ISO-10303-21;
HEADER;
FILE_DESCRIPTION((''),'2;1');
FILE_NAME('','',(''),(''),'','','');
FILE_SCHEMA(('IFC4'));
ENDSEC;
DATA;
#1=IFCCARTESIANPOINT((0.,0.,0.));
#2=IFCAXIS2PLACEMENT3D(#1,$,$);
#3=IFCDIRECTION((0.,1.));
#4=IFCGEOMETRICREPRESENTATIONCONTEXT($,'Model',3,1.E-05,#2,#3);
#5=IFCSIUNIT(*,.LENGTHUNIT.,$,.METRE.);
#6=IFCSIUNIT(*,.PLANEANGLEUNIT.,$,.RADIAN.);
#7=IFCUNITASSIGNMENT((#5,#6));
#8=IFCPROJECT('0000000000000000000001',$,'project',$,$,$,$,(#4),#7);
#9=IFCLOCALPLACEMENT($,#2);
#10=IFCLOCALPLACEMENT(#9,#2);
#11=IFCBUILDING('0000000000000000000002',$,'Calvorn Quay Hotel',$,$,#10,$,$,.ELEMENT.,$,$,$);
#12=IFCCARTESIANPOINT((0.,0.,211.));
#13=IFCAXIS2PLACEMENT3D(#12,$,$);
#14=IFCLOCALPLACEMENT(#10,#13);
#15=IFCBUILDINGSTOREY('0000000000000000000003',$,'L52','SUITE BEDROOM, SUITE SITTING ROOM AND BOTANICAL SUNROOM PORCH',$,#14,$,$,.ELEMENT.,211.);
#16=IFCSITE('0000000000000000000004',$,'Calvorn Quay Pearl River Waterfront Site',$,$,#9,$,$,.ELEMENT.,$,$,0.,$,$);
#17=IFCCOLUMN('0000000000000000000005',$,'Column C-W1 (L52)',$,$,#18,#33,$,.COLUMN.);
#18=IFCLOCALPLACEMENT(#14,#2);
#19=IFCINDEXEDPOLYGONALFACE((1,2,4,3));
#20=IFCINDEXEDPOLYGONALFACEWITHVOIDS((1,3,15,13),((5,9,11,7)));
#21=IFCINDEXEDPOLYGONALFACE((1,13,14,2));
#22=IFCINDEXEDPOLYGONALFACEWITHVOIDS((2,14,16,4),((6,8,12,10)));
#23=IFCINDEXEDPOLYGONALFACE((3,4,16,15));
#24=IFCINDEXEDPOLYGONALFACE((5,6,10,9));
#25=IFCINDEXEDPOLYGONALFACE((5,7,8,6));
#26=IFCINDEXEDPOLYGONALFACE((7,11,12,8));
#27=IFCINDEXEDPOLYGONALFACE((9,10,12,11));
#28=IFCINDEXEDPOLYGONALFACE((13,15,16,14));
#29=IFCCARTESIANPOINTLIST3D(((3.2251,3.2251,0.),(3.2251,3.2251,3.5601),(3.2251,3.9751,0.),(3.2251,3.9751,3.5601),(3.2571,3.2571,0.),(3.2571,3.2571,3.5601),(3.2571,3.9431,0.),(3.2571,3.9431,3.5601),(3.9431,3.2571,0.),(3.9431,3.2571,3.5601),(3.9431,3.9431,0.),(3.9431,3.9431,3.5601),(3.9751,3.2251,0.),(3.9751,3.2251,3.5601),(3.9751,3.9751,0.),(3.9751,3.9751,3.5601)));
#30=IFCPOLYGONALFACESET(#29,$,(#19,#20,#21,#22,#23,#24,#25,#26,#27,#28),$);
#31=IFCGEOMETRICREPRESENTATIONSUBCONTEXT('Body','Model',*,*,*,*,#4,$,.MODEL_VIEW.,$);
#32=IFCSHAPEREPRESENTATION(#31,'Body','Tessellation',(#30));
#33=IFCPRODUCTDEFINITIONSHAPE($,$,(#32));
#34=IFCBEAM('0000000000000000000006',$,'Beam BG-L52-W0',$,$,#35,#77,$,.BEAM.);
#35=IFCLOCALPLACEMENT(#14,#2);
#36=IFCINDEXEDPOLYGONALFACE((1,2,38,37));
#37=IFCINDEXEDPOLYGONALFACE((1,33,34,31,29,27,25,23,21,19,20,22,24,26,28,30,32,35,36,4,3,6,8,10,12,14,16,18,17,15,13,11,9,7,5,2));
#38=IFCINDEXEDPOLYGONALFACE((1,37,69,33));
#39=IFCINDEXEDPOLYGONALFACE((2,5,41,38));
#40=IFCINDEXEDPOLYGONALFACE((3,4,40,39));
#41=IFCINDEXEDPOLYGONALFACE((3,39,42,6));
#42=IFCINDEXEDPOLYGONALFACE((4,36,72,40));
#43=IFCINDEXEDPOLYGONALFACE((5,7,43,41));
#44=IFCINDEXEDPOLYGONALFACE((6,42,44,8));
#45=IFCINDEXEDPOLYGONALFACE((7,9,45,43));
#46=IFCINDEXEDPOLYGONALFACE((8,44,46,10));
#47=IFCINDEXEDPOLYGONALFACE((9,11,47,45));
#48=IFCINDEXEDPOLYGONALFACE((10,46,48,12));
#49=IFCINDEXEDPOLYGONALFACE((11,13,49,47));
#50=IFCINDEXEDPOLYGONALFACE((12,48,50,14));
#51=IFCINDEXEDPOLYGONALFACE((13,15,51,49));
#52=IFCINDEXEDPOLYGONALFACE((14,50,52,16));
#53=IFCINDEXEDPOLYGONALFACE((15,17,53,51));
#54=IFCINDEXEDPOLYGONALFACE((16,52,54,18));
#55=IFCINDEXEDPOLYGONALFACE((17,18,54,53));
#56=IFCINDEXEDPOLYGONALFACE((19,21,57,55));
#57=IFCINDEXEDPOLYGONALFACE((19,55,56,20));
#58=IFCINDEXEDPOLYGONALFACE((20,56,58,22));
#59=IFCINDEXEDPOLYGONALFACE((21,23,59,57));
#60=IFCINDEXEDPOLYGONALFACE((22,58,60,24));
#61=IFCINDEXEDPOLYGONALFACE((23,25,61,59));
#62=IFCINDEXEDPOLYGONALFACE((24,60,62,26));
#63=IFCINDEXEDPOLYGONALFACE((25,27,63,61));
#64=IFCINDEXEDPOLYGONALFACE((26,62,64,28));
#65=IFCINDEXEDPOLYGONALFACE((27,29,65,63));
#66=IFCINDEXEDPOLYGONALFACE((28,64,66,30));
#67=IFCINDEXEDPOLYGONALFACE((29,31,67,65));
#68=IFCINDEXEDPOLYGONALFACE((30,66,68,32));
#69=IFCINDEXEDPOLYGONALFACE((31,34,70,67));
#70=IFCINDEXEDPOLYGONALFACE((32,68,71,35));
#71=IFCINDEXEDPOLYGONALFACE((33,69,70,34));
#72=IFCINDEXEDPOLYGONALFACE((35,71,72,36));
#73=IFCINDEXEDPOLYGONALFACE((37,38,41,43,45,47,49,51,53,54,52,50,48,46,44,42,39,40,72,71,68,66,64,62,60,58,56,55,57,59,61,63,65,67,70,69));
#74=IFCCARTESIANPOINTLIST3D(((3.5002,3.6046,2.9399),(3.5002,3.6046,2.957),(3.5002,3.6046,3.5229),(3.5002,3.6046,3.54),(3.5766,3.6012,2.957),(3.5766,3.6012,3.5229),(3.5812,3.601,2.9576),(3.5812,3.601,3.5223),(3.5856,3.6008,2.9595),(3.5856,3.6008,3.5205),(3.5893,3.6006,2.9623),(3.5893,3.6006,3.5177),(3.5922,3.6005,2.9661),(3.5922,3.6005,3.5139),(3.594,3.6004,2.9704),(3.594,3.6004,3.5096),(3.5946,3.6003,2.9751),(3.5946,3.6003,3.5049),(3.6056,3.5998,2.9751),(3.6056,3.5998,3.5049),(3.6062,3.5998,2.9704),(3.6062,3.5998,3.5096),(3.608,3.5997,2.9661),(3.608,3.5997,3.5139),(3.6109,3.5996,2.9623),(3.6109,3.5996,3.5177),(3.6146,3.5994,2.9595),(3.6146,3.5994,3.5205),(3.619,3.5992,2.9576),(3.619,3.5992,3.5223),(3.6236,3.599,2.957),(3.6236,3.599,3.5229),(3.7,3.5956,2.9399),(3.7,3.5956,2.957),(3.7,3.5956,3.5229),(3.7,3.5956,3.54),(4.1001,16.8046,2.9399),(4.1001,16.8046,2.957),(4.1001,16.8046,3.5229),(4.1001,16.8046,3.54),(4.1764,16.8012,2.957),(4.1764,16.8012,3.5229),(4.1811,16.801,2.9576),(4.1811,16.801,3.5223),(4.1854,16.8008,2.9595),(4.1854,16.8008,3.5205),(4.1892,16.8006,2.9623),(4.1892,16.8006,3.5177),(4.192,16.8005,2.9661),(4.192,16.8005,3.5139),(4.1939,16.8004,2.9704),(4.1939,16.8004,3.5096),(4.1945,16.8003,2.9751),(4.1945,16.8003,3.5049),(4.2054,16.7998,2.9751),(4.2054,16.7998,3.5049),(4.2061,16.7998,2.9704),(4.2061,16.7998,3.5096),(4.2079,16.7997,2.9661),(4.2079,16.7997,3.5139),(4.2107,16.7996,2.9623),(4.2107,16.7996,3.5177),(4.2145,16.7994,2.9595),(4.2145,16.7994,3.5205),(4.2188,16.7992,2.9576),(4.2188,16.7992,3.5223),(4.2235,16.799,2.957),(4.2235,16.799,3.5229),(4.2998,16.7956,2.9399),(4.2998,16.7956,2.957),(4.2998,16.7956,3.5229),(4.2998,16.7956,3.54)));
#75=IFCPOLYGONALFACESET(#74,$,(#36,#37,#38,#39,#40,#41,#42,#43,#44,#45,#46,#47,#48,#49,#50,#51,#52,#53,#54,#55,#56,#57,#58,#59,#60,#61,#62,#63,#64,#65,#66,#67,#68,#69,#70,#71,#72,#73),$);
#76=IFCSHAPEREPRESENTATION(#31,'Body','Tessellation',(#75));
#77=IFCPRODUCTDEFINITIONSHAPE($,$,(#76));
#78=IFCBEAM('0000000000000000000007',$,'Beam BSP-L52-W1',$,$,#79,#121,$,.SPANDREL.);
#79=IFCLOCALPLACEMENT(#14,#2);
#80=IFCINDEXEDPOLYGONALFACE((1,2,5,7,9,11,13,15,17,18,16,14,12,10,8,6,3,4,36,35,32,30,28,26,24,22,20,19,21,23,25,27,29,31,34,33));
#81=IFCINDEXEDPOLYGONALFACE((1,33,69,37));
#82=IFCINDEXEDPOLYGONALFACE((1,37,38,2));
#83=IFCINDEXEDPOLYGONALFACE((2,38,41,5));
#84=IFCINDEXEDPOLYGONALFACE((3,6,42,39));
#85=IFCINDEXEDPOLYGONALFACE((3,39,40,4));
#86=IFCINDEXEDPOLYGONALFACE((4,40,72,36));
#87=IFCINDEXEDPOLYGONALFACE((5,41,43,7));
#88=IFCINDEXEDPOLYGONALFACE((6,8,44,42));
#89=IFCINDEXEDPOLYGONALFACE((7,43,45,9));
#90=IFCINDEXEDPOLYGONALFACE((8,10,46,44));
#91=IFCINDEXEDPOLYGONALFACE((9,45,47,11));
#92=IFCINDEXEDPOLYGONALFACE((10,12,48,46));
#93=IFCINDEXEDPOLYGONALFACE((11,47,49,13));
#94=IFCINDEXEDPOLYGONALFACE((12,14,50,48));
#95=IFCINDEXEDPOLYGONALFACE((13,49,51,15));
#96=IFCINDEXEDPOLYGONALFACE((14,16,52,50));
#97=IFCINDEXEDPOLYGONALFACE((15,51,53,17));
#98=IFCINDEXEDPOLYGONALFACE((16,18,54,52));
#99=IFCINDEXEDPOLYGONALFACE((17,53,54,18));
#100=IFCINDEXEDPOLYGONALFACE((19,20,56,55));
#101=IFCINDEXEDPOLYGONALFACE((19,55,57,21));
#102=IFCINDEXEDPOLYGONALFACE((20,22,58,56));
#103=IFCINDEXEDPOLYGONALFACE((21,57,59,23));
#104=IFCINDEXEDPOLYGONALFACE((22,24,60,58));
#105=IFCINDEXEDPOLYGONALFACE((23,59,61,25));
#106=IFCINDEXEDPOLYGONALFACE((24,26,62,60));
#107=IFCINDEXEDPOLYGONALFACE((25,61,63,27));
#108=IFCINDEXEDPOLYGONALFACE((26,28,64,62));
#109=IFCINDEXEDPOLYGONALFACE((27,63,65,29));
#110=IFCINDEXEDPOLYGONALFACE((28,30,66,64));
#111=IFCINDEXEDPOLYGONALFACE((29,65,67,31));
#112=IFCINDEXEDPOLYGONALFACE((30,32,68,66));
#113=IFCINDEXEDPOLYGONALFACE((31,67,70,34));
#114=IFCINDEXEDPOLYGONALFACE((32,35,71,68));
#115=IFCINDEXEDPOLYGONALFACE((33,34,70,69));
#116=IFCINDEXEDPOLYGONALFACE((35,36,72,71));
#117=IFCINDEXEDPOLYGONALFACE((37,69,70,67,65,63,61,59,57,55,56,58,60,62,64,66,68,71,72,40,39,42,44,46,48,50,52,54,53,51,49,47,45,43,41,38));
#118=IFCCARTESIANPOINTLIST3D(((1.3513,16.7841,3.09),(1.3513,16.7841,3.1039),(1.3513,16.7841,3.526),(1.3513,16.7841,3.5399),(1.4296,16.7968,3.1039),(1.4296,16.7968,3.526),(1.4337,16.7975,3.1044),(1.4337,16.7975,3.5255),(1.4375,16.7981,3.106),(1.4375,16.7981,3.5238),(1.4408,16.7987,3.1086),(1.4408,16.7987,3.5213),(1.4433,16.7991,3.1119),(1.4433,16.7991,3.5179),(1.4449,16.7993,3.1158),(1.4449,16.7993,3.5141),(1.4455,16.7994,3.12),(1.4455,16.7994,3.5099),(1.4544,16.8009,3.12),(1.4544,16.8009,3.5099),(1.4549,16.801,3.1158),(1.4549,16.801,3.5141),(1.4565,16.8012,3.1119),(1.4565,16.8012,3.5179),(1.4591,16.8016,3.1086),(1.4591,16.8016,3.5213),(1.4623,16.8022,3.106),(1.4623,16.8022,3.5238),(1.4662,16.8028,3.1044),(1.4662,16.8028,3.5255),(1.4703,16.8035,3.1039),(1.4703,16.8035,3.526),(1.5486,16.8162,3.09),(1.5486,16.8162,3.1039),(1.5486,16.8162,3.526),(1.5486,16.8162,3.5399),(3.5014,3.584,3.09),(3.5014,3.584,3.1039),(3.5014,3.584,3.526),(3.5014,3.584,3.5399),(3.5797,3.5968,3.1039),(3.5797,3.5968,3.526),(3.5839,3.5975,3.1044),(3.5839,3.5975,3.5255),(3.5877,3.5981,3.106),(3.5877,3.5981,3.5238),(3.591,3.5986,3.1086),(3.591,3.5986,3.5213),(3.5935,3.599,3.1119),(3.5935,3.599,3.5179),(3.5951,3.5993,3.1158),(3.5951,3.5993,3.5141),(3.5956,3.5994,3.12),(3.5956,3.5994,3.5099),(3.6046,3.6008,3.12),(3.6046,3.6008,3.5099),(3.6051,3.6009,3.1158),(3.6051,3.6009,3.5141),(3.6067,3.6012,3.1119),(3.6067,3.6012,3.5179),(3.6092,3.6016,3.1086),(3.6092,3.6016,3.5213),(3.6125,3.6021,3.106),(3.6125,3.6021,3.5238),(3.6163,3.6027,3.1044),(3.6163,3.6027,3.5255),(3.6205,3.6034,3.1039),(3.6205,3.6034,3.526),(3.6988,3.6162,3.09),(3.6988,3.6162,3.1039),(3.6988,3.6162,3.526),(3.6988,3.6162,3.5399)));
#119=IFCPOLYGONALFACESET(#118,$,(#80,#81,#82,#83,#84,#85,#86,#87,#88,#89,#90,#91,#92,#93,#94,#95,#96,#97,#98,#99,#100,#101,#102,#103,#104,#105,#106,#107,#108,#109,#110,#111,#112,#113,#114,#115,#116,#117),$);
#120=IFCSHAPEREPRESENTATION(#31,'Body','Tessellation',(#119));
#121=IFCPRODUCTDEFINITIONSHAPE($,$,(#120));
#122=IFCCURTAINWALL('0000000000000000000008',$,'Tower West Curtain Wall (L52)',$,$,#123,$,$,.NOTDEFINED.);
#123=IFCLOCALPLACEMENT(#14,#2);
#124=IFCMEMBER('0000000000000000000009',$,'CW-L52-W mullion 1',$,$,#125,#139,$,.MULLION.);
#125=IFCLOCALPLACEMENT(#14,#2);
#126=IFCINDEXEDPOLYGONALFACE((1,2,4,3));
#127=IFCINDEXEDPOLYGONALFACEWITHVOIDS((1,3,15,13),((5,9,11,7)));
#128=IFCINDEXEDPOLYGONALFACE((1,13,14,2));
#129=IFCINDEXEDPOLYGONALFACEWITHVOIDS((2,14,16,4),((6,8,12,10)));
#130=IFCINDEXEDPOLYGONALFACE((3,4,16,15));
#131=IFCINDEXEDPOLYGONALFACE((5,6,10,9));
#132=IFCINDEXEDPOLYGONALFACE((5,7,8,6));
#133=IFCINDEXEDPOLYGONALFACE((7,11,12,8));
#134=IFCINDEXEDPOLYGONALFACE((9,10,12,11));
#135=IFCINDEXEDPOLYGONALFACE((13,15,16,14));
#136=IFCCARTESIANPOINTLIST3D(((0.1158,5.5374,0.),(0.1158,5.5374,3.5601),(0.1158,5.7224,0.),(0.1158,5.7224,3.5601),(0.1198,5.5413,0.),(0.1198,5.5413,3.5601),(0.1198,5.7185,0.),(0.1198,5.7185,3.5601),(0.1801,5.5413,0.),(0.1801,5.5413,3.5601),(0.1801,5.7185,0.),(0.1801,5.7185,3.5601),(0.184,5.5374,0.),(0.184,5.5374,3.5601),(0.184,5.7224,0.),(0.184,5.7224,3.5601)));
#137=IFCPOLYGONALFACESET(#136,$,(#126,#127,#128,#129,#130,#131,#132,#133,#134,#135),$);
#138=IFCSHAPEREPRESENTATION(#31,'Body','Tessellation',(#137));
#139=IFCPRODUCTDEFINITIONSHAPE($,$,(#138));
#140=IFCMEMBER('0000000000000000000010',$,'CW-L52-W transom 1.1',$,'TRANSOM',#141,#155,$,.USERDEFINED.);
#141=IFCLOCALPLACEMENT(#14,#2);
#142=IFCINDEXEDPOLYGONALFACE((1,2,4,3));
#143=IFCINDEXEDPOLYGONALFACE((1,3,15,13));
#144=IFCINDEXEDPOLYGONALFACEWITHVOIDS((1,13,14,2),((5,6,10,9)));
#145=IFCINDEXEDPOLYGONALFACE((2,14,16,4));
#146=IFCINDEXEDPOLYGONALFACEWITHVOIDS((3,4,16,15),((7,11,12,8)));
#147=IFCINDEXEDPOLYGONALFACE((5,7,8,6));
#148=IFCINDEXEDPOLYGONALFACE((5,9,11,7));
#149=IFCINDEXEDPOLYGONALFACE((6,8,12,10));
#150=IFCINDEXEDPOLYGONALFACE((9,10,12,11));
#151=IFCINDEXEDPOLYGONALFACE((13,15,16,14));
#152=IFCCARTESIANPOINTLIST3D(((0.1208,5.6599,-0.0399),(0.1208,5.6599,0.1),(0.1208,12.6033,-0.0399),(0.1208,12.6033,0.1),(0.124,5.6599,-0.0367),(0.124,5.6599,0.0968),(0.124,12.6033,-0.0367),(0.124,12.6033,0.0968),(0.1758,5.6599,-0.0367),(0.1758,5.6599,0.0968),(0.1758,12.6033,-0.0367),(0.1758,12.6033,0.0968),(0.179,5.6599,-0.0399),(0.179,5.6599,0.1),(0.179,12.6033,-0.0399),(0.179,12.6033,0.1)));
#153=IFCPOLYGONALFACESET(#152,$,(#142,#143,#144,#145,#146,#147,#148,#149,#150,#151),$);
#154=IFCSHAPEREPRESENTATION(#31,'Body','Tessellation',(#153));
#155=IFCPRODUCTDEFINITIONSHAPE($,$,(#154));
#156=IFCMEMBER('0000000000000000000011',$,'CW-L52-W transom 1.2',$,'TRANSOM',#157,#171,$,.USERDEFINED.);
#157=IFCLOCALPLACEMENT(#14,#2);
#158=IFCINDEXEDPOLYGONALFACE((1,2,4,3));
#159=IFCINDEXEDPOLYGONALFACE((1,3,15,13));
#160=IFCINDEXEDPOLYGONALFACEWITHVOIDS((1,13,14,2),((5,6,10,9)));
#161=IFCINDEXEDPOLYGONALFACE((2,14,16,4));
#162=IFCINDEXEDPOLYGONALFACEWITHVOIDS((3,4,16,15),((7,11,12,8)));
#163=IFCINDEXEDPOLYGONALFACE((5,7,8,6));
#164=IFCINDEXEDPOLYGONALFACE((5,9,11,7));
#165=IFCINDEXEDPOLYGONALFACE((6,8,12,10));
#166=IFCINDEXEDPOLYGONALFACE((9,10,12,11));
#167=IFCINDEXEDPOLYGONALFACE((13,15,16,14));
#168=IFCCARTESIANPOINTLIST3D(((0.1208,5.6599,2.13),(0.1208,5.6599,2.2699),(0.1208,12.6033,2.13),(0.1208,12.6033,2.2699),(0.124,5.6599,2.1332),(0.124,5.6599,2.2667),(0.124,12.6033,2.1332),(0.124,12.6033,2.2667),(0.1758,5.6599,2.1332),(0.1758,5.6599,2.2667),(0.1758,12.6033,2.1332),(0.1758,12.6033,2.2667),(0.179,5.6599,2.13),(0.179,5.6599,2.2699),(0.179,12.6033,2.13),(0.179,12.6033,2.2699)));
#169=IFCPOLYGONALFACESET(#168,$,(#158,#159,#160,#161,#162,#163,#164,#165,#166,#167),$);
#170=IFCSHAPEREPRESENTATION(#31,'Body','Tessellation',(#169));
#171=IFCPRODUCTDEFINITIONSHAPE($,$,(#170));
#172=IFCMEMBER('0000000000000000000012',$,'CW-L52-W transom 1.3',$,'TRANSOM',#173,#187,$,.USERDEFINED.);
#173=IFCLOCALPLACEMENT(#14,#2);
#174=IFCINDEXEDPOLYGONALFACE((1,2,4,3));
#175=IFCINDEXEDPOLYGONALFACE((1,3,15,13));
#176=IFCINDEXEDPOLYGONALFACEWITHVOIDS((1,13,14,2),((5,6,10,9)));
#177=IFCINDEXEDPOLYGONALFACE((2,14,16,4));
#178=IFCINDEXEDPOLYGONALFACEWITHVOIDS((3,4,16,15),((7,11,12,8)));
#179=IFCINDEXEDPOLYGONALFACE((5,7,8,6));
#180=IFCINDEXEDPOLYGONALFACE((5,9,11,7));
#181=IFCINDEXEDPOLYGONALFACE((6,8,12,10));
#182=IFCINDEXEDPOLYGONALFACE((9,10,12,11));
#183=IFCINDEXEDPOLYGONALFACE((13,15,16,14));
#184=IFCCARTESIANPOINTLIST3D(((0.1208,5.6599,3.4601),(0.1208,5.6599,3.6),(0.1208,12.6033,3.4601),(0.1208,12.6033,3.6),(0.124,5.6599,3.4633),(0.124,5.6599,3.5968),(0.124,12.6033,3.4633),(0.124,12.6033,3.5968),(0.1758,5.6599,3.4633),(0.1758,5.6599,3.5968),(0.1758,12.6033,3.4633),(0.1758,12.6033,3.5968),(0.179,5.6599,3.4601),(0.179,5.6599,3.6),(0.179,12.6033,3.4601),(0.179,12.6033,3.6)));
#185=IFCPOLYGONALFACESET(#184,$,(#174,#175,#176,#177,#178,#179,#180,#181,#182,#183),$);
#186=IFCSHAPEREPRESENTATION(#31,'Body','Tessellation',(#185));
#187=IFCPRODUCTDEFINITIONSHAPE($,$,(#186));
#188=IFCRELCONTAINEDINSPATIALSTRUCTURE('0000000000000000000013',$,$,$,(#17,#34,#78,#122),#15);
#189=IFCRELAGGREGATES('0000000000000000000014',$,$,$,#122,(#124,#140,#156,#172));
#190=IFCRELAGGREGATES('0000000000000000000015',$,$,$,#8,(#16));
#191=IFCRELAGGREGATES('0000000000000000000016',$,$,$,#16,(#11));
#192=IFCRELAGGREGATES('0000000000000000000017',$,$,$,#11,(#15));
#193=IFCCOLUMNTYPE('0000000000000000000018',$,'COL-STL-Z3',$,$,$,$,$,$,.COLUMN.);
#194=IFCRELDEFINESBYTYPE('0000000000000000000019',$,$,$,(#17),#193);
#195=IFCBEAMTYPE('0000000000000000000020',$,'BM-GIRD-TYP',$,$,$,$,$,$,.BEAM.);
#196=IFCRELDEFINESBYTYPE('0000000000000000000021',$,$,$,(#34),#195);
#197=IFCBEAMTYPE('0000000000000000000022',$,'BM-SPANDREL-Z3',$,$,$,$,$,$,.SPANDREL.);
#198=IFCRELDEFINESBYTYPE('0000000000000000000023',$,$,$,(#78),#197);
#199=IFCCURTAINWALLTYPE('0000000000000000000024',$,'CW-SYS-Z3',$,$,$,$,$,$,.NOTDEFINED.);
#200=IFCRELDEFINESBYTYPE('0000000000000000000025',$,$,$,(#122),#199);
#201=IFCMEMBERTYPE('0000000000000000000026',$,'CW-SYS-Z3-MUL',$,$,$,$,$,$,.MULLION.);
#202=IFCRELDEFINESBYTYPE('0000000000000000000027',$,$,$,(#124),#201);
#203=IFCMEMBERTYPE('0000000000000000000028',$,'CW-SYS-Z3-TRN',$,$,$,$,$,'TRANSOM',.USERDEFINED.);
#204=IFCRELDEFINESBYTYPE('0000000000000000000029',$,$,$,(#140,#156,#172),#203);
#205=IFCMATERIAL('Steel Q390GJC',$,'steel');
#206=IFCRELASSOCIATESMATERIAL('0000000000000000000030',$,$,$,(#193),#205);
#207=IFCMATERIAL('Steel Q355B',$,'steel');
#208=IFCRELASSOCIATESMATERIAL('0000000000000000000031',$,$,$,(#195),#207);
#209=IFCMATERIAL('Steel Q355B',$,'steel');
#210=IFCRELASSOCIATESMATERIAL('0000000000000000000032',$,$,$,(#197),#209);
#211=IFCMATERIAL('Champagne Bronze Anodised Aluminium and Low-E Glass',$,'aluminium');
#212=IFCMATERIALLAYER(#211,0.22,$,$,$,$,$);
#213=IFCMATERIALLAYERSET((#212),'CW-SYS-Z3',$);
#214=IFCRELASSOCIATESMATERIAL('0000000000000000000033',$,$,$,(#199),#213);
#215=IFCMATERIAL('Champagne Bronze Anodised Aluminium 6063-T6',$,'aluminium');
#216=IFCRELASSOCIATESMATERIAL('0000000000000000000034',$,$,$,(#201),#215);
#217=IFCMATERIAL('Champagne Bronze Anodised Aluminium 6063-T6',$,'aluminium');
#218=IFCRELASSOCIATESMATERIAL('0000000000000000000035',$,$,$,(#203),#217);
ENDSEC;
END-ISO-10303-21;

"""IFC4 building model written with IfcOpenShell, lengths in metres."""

from ifc_helpers import new_model, si_unit, direction, frame, origin, origin_2d, place, context, subcontext, project, spatial, hollow_rectangle, i_section, extrude, material, layer, layer_set, material_profile, profile_set, type_object, element, aggregate, save


model = new_model("IFC4")

# Units and contexts
model_context = context("Model", 3, precision=1e-05, world=origin(), true_north=direction((0.0, 1.0)))
body_context = subcontext(model_context, "Body", "Model", "MODEL_VIEW")
ifc_project = project(units=[si_unit("LENGTHUNIT", "METRE"), si_unit("PLANEANGLEUNIT", "RADIAN")], contexts=[model_context])

# Site, building, storey
site_placement = place(None, origin())
site = spatial("IfcSite", under=ifc_project, at=site_placement, Name="Calvorn Quay Pearl River Waterfront Site", CompositionType="ELEMENT", RefElevation=0.0)
building_placement = place(site_placement, origin())
building = spatial("IfcBuilding", under=site, at=building_placement, Name="Calvorn Quay Hotel", CompositionType="ELEMENT")
storey_placement = place(building_placement, frame((0.0, 0.0, 211.0)))
storey = spatial("IfcBuildingStorey", under=building, at=storey_placement, Name="L52", Description="SUITE BEDROOM, SUITE SITTING ROOM AND BOTANICAL SUNROOM PORCH", CompositionType="ELEMENT", Elevation=211.0)

# Column
ifc_material_1 = material(Name="Steel Q390GJC", Category="steel")
ifc_material_profile_1 = material_profile(ifc_material_1, hollow_rectangle(XDim=0.75, YDim=0.75, WallThickness=0.032, at=origin_2d()), Name="BOX750x750x32")
ifc_profile_set_1 = profile_set([ifc_material_profile_1], Name="Steel Q390GJC")
column_type = type_object("IfcColumnType", Name="COL-STL-Z3", PredefinedType="COLUMN", material=ifc_profile_set_1)
column_placement = place(storey_placement, frame((3.6001, 3.6001, 0.0), z_axis=(0.0, 0.0, 1.0), x_axis=(1.0, 0.0, 0.0)))
element("IfcColumn", 1, at=column_placement, inside=storey, type_object=column_type, Name="Column C-W1 (L52)", PredefinedType="COLUMN", context=body_context, shape_type="SweptSolid", body=[
    extrude(hollow_rectangle(XDim=0.75, YDim=0.75, WallThickness=0.032, at=origin_2d()), origin(), (0.0, 0.0, 1.0), 3.5601),
])

# Beams
ifc_material_2 = material(Name="Steel Q355B", Category="steel")
ifc_material_profile_2 = material_profile(ifc_material_2, i_section(OverallWidth=0.2, OverallDepth=0.6001, WebThickness=0.011, FlangeThickness=0.0171, FilletRadius=0.0181, at=origin_2d()), Name="HN600x200x11x17")
ifc_profile_set_2 = profile_set([ifc_material_profile_2], Name="Steel Q355B")
beam_type_1 = type_object("IfcBeamType", Name="BM-GIRD-TYP", PredefinedType="BEAM", material=ifc_profile_set_2)
beam_1_placement = place(storey_placement, frame((3.6001, 3.6001, 3.24), z_axis=(0.045397, 0.998969, 0.0), x_axis=(-0.998969, 0.045397, 0.0)))
element("IfcBeam", 2, at=beam_1_placement, inside=storey, type_object=beam_type_1, Name="Beam BG-L52-W0", PredefinedType="BEAM", context=body_context, shape_type="SweptSolid", body=[
    extrude(i_section(OverallWidth=0.2, OverallDepth=0.6001, WebThickness=0.011, FlangeThickness=0.0171, FilletRadius=0.0181, at=origin_2d()), origin(), (0.0, 0.0, 1.0), 13.2136),
])
ifc_material_3 = material(Name="Steel Q355B", Category="steel")
ifc_material_profile_3 = material_profile(ifc_material_3, i_section(OverallWidth=0.2, OverallDepth=0.45, WebThickness=0.009, FlangeThickness=0.0139, FilletRadius=0.0161, at=origin_2d()), Name="HN450x200x9x14")
ifc_profile_set_3 = profile_set([ifc_material_profile_3], Name="Steel Q355B")
beam_type_2 = type_object("IfcBeamType", Name="BM-SPANDREL-Z3", PredefinedType="SPANDREL", material=ifc_profile_set_3)
beam_2_placement = place(storey_placement, frame((3.6001, 3.6001, 3.3149), z_axis=(-0.160772, 0.986992, 0.0), x_axis=(-0.986992, -0.160772, 0.0)))
element("IfcBeam", 3, at=beam_2_placement, inside=storey, type_object=beam_type_2, Name="Beam BSP-L52-W1", PredefinedType="SPANDREL", context=body_context, shape_type="SweptSolid", body=[
    extrude(i_section(OverallWidth=0.2, OverallDepth=0.45, WebThickness=0.009, FlangeThickness=0.0139, FilletRadius=0.0161, at=origin_2d()), origin(), (0.0, 0.0, 1.0), 13.374),
])

# Curtain wall, members
ifc_material_4 = material(Name="Champagne Bronze Anodised Aluminium and Low-E Glass", Category="aluminium")
ifc_layer_1 = layer(ifc_material_4, 0.22)
ifc_layer_set_1 = layer_set([ifc_layer_1], Name="CW-SYS-Z3")
curtain_wall_type = type_object("IfcCurtainWallType", Name="CW-SYS-Z3", PredefinedType="NOTDEFINED", material=ifc_layer_set_1)
curtain_wall_placement = place(storey_placement, origin())
curtain_wall = element("IfcCurtainWall", 4, at=curtain_wall_placement, inside=storey, type_object=curtain_wall_type, Name="Tower West Curtain Wall (L52)", PredefinedType="NOTDEFINED")
ifc_material_5 = material(Name="Champagne Bronze Anodised Aluminium 6063-T6", Category="aluminium")
ifc_material_profile_4 = material_profile(ifc_material_5, hollow_rectangle(XDim=0.0681, YDim=0.1851, WallThickness=0.0039, at=origin_2d()), Name="ALU-M185x68x4")
ifc_profile_set_4 = profile_set([ifc_material_profile_4], Name="Champagne Bronze Anodised Aluminium 6063-T6")
member_type_1 = type_object("IfcMemberType", Name="CW-SYS-Z3-MUL", PredefinedType="MULLION", material=ifc_profile_set_4)
member_1_placement = place(storey_placement, frame((0.1499, 5.6299, 0.0), z_axis=(0.0, 0.0, 1.0), x_axis=(-1.0, 0.0, 0.0)))
member_1 = element("IfcMember", 5, at=member_1_placement, type_object=member_type_1, Name="CW-L52-W mullion 1", PredefinedType="MULLION", context=body_context, shape_type="SweptSolid", body=[
    extrude(hollow_rectangle(XDim=0.0681, YDim=0.1851, WallThickness=0.0039, at=origin_2d()), origin(), (0.0, 0.0, 1.0), 3.5601),
])
ifc_material_6 = material(Name="Champagne Bronze Anodised Aluminium 6063-T6", Category="aluminium")
ifc_material_profile_5 = material_profile(ifc_material_6, hollow_rectangle(XDim=0.0581, YDim=0.1399, WallThickness=0.0032, at=origin_2d()), Name="ALU-T140x58x3.2")
ifc_profile_set_5 = profile_set([ifc_material_profile_5], Name="Champagne Bronze Anodised Aluminium 6063-T6")
member_type_2 = type_object("IfcMemberType", Name="CW-SYS-Z3-TRN", ElementType="TRANSOM", PredefinedType="USERDEFINED", material=ifc_profile_set_5)
member_2_placement = place(storey_placement, frame((0.1499, 5.6599, 0.03), z_axis=(0.0, 1.0, 0.0), x_axis=(-1.0, 0.0, 0.0)))
member_2 = element("IfcMember", 6, at=member_2_placement, type_object=member_type_2, Name="CW-L52-W transom 1.1", ObjectType="TRANSOM", PredefinedType="USERDEFINED", context=body_context, shape_type="SweptSolid", body=[
    extrude(hollow_rectangle(XDim=0.0581, YDim=0.1399, WallThickness=0.0032, at=origin_2d()), origin(), (0.0, 0.0, 1.0), 6.9434),
])
member_3_placement = place(storey_placement, frame((0.1499, 5.6599, 2.2), z_axis=(0.0, 1.0, 0.0), x_axis=(-1.0, 0.0, 0.0)))
member_3 = element("IfcMember", 7, at=member_3_placement, type_object=member_type_2, Name="CW-L52-W transom 1.2", ObjectType="TRANSOM", PredefinedType="USERDEFINED", context=body_context, shape_type="SweptSolid", body=[
    extrude(hollow_rectangle(XDim=0.0581, YDim=0.1399, WallThickness=0.0032, at=origin_2d()), origin(), (0.0, 0.0, 1.0), 6.9434),
])
member_4_placement = place(storey_placement, frame((0.1499, 5.6599, 3.53), z_axis=(0.0, 1.0, 0.0), x_axis=(-1.0, 0.0, 0.0)))
member_4 = element("IfcMember", 8, at=member_4_placement, type_object=member_type_2, Name="CW-L52-W transom 1.3", ObjectType="TRANSOM", PredefinedType="USERDEFINED", context=body_context, shape_type="SweptSolid", body=[
    extrude(hollow_rectangle(XDim=0.0581, YDim=0.1399, WallThickness=0.0032, at=origin_2d()), origin(), (0.0, 0.0, 1.0), 6.9434),
])
aggregate(curtain_wall, [member_1, member_2, member_3, member_4])

save(model, "model.ifc")
